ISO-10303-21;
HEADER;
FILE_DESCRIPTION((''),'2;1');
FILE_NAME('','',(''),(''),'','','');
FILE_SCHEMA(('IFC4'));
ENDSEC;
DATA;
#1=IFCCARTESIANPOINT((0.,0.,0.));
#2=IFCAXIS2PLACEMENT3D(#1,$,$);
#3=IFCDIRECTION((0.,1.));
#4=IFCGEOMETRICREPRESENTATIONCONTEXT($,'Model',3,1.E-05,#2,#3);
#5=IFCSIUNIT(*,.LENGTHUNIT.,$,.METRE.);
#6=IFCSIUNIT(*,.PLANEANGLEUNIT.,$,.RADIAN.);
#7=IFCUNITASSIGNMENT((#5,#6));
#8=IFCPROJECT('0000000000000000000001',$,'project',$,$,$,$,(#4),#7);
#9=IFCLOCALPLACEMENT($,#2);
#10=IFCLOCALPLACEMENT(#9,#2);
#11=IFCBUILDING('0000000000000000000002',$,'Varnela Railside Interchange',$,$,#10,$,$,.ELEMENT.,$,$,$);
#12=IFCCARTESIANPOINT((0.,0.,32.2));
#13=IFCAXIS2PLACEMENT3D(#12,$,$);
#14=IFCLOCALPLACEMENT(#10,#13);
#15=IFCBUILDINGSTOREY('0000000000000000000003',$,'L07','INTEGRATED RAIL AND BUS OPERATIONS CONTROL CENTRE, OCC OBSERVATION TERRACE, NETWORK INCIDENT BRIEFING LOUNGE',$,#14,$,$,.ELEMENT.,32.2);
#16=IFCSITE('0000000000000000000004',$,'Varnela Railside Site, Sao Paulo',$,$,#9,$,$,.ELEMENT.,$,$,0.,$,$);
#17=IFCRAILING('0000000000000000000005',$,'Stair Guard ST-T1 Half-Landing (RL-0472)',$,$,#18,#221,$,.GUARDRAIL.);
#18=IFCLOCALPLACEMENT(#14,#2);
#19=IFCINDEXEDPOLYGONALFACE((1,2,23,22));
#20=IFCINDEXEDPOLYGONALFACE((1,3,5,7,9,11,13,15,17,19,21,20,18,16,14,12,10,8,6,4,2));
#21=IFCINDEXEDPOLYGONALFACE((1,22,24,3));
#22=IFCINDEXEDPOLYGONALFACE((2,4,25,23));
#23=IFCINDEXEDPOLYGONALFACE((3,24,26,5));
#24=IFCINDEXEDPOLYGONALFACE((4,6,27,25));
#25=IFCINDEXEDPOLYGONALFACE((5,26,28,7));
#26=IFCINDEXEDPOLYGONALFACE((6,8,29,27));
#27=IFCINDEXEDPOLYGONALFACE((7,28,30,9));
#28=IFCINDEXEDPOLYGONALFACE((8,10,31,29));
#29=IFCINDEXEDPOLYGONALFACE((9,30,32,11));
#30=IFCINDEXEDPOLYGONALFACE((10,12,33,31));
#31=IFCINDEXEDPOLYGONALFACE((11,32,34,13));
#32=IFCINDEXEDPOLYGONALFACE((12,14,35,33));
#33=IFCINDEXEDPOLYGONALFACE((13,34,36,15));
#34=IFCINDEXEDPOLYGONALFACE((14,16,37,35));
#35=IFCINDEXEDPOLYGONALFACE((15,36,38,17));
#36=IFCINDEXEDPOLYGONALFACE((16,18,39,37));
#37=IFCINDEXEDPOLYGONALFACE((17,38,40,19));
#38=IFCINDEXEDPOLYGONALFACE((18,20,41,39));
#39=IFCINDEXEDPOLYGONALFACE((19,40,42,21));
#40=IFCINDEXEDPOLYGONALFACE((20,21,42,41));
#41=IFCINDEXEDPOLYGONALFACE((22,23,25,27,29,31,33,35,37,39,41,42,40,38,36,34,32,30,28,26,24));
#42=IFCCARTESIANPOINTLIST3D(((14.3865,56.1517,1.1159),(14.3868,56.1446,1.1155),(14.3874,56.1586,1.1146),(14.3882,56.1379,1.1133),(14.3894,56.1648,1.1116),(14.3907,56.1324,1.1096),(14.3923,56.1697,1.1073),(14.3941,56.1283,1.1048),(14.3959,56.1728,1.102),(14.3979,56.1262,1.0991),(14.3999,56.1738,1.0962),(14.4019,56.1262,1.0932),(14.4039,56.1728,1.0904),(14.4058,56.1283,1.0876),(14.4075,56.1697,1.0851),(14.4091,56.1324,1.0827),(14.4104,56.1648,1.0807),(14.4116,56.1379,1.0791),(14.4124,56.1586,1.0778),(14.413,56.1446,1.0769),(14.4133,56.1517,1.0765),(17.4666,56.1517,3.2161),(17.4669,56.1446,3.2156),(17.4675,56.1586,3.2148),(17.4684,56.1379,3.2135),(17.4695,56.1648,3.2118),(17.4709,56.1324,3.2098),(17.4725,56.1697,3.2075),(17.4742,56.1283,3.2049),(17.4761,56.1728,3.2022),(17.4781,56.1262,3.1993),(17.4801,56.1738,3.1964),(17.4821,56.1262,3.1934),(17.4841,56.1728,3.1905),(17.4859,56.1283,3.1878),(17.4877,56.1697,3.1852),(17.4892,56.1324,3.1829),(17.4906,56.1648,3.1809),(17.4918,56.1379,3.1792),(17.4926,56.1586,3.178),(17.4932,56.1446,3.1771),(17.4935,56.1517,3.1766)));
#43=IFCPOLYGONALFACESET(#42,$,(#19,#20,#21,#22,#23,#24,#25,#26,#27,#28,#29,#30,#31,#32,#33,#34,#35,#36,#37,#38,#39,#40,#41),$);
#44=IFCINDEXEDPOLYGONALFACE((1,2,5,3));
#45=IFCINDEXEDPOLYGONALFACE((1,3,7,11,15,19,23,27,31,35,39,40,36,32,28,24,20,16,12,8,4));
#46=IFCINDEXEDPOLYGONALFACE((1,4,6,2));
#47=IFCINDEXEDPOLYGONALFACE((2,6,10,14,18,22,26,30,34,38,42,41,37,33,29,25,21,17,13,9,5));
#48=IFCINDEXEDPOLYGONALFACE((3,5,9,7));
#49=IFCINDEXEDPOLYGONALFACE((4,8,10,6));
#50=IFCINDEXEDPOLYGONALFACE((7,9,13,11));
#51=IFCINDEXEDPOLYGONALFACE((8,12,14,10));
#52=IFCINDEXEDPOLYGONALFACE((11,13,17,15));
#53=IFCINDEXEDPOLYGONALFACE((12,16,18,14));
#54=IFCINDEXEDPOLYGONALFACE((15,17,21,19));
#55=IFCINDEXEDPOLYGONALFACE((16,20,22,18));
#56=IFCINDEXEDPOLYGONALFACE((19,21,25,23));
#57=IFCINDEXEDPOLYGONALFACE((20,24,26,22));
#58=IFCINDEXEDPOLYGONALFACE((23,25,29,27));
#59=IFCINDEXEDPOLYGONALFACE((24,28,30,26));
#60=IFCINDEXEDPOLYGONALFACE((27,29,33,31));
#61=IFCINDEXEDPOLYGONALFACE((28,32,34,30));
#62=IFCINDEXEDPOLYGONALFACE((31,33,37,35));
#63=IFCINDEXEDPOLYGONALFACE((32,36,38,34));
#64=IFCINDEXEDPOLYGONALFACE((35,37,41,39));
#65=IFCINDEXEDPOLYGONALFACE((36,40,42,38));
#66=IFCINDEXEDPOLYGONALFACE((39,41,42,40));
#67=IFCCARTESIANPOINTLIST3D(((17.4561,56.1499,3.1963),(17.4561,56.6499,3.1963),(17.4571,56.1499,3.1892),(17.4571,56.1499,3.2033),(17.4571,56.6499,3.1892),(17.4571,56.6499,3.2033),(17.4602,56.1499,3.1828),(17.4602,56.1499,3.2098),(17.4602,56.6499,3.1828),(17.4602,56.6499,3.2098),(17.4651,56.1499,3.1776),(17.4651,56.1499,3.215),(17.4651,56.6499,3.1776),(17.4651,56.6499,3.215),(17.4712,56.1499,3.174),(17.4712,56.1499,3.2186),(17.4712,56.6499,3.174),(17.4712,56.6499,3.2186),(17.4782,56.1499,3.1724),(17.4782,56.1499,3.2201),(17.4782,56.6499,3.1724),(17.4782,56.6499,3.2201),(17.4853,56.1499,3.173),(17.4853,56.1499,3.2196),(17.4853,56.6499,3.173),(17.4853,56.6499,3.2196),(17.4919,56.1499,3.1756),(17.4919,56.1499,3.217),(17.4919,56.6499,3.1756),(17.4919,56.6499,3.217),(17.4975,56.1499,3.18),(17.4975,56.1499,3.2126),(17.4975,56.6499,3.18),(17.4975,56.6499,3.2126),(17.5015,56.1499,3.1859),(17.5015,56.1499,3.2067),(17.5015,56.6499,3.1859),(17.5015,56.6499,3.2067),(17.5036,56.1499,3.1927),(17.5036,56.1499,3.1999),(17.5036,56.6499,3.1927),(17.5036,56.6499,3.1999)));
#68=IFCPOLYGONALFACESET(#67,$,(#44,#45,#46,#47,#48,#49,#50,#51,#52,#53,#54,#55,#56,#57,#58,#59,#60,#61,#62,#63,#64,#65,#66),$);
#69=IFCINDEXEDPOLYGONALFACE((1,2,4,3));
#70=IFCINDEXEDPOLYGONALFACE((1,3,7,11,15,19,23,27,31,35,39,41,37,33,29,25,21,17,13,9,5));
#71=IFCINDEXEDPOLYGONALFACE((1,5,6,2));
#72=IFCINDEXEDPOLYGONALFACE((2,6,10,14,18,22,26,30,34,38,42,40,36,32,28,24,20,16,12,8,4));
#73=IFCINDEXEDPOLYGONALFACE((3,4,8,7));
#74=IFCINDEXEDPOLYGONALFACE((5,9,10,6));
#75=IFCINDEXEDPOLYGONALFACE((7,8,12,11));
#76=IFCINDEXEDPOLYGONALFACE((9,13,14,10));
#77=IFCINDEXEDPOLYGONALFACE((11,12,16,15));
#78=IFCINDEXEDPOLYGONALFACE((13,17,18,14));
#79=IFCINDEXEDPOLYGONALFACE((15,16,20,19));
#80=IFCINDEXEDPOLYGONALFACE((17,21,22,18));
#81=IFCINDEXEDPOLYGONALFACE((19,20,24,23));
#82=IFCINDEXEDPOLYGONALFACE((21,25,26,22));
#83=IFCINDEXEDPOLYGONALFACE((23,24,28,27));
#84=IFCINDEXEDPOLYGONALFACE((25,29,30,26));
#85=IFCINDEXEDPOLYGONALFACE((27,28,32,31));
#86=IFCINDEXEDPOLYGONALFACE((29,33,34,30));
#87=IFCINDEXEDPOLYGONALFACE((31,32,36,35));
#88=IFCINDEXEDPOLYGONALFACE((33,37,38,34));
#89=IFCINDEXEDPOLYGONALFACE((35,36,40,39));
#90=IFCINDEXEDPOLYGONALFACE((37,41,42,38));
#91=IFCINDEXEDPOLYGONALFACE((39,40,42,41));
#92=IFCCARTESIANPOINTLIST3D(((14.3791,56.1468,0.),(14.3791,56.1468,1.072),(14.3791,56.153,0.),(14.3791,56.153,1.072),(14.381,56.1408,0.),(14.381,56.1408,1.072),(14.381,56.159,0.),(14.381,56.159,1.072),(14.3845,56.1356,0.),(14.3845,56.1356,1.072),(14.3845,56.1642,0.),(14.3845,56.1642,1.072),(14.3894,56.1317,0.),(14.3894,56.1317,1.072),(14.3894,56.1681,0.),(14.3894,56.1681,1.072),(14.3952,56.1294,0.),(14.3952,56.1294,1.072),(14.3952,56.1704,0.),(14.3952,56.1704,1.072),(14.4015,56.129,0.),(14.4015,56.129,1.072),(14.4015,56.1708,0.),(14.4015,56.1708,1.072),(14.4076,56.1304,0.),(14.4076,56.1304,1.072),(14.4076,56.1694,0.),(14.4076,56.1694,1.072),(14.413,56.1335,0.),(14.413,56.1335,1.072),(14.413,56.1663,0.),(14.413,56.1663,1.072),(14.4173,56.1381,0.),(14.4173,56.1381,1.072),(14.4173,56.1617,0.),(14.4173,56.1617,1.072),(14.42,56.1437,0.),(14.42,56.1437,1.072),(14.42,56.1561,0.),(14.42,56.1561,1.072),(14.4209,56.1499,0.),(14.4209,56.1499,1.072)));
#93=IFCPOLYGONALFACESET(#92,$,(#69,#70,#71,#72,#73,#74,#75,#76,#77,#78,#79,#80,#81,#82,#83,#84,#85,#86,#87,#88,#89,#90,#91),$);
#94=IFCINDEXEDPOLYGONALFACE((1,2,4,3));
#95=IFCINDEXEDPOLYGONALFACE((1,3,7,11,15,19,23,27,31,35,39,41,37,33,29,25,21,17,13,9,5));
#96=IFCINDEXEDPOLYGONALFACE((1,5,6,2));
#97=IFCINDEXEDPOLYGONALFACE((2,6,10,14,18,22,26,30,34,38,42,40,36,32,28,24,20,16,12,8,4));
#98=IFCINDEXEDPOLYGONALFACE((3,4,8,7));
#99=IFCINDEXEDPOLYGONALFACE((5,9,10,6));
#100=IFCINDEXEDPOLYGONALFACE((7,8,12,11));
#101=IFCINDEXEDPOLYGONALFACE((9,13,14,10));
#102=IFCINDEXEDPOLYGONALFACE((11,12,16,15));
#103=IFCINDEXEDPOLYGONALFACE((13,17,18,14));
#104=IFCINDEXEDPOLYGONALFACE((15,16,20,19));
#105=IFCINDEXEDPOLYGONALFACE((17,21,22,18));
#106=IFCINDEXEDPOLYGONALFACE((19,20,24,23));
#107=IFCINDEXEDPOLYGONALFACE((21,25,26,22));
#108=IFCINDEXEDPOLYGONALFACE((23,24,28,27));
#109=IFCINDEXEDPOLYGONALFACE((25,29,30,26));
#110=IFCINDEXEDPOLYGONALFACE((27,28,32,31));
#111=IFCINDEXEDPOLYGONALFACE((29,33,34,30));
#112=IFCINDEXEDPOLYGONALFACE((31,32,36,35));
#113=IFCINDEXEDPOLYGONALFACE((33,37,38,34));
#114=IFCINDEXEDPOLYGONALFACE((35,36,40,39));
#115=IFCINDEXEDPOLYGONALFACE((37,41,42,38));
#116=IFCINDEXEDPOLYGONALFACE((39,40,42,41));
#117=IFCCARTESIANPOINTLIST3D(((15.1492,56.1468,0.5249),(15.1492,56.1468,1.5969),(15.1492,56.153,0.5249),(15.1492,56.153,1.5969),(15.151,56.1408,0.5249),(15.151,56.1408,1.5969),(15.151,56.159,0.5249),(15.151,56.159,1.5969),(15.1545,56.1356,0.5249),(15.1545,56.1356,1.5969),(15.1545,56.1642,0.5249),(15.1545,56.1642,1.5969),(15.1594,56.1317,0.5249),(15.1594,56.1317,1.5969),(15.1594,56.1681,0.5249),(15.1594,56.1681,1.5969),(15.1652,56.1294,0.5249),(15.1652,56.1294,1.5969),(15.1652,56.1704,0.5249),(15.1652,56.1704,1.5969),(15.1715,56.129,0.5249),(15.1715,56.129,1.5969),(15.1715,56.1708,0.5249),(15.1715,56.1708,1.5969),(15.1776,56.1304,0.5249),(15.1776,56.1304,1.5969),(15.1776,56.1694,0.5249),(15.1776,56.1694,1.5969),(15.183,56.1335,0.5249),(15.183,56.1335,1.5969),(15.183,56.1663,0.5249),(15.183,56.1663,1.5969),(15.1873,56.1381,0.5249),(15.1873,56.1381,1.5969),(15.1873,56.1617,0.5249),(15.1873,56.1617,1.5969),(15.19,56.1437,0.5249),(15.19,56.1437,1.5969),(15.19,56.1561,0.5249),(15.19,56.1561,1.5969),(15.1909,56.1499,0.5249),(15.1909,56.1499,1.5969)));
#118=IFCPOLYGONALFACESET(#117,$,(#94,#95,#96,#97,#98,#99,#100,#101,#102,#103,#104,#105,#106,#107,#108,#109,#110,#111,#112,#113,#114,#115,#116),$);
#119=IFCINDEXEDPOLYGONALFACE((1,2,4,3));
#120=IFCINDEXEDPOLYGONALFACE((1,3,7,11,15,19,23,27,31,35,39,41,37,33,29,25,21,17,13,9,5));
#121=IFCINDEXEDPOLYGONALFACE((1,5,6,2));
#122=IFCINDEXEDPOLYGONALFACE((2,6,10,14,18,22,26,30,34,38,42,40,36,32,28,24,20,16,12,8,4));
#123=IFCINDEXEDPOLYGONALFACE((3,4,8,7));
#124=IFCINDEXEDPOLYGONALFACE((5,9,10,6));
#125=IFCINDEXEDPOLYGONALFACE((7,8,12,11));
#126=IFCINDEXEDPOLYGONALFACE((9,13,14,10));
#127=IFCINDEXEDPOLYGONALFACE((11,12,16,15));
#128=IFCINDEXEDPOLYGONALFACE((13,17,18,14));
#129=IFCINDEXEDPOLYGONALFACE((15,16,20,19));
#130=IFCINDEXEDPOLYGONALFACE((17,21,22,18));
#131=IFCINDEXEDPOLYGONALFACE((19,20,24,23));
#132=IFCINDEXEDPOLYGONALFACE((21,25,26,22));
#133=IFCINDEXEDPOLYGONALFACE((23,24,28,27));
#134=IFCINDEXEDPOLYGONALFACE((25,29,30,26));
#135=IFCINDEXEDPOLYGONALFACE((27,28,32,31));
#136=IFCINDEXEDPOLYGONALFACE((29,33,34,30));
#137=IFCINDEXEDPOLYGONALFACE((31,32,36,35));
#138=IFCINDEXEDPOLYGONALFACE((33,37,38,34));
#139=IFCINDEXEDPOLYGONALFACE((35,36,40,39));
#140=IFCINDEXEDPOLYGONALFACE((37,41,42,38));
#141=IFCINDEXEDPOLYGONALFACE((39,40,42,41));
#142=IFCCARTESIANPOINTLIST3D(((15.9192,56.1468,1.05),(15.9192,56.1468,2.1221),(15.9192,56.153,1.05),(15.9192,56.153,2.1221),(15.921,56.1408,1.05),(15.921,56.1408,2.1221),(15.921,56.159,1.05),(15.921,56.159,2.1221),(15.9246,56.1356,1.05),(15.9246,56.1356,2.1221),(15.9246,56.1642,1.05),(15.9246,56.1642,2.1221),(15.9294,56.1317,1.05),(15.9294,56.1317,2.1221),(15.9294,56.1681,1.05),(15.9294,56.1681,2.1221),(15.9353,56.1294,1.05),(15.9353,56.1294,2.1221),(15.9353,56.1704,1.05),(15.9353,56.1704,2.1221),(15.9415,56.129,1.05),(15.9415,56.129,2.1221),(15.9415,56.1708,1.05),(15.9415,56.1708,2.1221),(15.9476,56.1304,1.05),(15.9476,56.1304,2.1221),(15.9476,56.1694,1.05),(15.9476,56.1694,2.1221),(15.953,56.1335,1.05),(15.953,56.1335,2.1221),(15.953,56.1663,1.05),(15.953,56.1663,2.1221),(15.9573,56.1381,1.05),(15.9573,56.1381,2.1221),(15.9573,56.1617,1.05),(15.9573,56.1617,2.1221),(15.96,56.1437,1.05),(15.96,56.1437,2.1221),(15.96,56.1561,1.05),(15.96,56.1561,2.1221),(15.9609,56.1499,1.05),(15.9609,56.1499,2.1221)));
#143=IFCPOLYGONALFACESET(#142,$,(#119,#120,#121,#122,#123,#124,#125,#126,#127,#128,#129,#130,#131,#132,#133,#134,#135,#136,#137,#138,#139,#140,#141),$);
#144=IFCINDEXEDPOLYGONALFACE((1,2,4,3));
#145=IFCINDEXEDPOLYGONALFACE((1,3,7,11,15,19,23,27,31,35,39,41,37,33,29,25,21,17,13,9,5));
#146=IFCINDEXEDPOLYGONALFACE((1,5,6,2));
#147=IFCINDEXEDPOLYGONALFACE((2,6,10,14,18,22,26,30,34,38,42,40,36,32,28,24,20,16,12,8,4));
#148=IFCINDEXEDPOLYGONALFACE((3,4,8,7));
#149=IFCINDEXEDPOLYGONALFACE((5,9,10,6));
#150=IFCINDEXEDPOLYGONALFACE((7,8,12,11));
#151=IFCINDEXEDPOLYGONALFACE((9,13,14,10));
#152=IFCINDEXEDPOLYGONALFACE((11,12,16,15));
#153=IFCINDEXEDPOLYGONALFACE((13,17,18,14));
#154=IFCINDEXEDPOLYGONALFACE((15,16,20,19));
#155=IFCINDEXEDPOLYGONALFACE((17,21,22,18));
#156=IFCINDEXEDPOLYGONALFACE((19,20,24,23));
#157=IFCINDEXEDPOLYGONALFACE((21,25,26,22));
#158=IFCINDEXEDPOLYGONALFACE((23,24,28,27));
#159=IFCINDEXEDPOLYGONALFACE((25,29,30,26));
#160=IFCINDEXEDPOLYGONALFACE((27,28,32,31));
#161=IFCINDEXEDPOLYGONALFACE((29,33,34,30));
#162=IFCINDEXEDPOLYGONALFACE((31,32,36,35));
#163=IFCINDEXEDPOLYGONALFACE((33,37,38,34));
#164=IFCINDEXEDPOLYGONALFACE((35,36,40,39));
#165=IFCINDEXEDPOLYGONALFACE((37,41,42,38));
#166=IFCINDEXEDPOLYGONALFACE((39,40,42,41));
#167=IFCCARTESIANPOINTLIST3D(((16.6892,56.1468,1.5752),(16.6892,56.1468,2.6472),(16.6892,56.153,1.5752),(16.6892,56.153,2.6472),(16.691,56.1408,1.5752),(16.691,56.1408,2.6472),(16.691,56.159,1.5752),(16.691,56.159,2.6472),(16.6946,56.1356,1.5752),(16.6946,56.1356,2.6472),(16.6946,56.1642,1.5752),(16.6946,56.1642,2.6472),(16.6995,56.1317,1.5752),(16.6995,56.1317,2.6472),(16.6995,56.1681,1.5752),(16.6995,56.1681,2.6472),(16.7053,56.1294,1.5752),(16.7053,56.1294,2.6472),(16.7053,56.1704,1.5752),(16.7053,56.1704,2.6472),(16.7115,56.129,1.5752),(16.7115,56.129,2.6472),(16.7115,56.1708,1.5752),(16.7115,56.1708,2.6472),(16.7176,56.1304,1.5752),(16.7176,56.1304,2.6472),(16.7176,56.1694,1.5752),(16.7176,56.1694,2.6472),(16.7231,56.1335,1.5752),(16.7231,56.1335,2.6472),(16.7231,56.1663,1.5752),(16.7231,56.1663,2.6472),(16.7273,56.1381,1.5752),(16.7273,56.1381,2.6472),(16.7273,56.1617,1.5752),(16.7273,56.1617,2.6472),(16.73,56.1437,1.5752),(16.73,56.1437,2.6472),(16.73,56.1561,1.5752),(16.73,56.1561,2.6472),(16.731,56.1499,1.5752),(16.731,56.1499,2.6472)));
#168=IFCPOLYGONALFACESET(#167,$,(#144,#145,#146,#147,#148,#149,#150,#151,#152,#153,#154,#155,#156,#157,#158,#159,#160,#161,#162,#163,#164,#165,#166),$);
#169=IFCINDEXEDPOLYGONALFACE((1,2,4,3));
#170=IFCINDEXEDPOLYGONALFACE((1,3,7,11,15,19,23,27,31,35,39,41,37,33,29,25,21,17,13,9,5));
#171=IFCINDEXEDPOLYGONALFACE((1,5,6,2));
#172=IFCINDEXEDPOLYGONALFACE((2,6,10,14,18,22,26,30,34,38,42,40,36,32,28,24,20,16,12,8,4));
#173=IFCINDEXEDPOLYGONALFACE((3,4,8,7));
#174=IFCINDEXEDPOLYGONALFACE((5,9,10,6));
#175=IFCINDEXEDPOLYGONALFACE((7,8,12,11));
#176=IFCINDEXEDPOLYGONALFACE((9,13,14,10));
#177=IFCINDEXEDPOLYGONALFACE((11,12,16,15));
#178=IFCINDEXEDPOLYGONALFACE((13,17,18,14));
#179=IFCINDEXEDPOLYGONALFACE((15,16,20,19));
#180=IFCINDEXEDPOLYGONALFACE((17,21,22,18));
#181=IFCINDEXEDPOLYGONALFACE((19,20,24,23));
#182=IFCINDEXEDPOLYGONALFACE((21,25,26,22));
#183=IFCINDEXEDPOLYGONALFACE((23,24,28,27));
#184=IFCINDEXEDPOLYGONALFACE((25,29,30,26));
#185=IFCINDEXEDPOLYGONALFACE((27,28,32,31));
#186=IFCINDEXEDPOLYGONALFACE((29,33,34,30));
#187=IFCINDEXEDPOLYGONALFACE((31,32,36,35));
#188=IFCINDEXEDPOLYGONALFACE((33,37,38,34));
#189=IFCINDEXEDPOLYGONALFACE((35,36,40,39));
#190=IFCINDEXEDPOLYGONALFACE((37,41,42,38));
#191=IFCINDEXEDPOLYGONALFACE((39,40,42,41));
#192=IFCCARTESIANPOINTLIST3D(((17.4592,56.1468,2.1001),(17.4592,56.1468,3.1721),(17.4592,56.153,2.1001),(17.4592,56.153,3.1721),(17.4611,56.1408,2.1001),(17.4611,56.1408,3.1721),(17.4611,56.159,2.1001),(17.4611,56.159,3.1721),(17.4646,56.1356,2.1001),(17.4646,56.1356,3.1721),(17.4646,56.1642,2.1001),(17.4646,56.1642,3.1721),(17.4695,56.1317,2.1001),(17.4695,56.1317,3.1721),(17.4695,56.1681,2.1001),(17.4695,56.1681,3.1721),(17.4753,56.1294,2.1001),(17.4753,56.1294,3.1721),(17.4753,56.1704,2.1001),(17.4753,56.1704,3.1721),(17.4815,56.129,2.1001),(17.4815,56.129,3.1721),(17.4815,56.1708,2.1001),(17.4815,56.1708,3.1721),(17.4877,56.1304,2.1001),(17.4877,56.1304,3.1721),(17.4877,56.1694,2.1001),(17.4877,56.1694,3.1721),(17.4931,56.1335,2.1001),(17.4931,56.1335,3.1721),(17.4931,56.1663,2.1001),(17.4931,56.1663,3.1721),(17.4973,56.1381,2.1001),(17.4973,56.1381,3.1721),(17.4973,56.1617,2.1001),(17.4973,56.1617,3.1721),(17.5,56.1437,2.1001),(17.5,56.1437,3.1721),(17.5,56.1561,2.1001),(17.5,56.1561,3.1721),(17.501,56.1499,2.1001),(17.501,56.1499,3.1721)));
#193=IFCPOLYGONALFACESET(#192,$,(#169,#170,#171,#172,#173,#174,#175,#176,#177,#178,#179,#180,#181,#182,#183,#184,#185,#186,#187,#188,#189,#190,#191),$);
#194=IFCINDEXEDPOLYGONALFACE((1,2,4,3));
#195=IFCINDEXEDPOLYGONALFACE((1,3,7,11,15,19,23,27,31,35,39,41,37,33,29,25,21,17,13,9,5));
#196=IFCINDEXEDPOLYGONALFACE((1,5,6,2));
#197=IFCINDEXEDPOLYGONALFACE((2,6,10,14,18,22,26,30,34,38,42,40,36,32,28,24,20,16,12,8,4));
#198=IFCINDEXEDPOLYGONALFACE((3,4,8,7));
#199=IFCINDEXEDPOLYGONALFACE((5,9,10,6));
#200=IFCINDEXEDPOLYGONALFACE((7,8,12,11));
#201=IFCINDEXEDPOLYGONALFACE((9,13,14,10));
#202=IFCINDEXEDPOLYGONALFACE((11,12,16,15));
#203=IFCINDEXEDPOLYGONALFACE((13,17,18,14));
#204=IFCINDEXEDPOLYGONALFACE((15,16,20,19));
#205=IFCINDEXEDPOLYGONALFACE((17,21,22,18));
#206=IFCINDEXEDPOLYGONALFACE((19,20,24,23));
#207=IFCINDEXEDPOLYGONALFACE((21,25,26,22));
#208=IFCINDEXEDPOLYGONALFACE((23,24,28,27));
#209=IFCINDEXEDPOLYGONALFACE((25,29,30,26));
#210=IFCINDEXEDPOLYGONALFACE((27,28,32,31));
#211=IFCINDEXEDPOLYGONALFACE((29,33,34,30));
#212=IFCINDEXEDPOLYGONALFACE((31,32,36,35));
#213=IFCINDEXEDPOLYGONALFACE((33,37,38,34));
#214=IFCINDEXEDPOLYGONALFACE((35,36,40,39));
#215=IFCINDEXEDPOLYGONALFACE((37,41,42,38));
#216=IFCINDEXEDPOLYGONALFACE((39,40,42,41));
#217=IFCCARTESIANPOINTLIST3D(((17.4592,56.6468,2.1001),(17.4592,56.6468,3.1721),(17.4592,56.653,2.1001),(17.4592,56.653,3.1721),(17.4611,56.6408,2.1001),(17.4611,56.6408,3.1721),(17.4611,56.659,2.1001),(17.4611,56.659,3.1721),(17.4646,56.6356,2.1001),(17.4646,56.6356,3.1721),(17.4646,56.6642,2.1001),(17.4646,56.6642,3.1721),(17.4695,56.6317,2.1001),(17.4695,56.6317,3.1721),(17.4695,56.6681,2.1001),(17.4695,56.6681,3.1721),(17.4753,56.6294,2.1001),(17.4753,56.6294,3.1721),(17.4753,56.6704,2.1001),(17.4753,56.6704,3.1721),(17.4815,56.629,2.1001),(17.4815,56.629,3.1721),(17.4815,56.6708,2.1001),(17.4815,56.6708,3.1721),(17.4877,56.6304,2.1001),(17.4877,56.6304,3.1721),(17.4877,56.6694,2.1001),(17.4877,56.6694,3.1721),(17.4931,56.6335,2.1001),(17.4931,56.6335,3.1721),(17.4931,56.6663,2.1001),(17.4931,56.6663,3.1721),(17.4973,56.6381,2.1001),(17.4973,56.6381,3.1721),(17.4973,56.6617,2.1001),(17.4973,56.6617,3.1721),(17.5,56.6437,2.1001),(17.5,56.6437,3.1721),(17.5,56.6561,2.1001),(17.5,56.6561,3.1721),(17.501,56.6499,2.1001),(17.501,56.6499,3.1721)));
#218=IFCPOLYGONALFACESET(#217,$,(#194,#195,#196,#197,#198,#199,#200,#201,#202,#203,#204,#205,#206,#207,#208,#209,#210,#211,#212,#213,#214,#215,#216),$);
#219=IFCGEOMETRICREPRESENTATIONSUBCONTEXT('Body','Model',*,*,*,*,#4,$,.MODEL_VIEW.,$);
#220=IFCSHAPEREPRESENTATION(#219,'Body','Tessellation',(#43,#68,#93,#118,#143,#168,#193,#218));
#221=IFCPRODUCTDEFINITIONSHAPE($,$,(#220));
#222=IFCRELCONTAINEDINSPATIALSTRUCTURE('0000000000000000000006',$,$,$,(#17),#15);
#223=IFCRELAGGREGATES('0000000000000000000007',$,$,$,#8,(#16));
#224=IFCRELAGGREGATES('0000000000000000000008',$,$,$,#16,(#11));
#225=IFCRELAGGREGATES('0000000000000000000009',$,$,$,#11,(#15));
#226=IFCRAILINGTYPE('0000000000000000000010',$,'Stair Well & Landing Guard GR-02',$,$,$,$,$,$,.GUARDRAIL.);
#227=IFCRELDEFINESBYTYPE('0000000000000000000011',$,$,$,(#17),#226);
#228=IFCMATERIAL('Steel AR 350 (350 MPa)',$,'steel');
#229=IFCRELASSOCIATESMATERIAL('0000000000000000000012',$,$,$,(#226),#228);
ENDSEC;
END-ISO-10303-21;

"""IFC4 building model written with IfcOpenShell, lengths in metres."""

from ifc_helpers import new_model, si_unit, direction, frame, origin, origin_2d, place, context, subcontext, project, spatial, circle, extrude, material, type_object, element, save


model = new_model("IFC4")

# Units and contexts
model_context = context("Model", 3, precision=1e-05, world=origin(), true_north=direction((0.0, 1.0)))
body_context = subcontext(model_context, "Body", "Model", "MODEL_VIEW")
ifc_project = project(units=[si_unit("LENGTHUNIT", "METRE"), si_unit("PLANEANGLEUNIT", "RADIAN")], contexts=[model_context])

# Site, building, storey
site_placement = place(None, origin())
site = spatial("IfcSite", under=ifc_project, at=site_placement, Name="Varnela Railside Site, Sao Paulo", CompositionType="ELEMENT", RefElevation=0.0)
building_placement = place(site_placement, origin())
building = spatial("IfcBuilding", under=site, at=building_placement, Name="Varnela Railside Interchange", CompositionType="ELEMENT")
storey_placement = place(building_placement, frame((0.0, 0.0, 32.2)))
storey = spatial("IfcBuildingStorey", under=building, at=storey_placement, Name="L07", Description="INTEGRATED RAIL AND BUS OPERATIONS CONTROL CENTRE, OCC OBSERVATION TERRACE, NETWORK INCIDENT BRIEFING LOUNGE", CompositionType="ELEMENT", Elevation=32.2)

# Shared definitions
ifc_material_1 = material(Name="Steel AR 350 (350 MPa)", Category="steel")

# Railing
railing_type_1 = type_object("IfcRailingType", Name="Stair Well & Landing Guard GR-02", PredefinedType="GUARDRAIL", material=ifc_material_1)
railing_1_placement = place(storey_placement, frame((14.3999, 56.1499, 0.0)))
element("IfcRailing", 1, at=railing_1_placement, inside=storey, type_object=railing_type_1, Name="Stair Guard ST-T1 Half-Landing (RL-0472)", PredefinedType="GUARDRAIL", context=body_context, shape_type="SweptSolid", body=[
    extrude(circle(Radius=0.0239, at=origin_2d()), frame((0.0, 0.0, 1.0962), z_axis=(0.826222, 0.0, 0.563345), x_axis=(0.0, 1.0, 0.0)), (0.0, 0.0, 1.0), 3.728),
    extrude(circle(Radius=0.0239, at=origin_2d()), frame((3.0801, 0.0, 3.1963), z_axis=(0.0, 1.0, 0.0), x_axis=(-1.0, 0.0, 0.0)), (0.0, 0.0, 1.0), 0.5),
    extrude(circle(Radius=0.021, at=origin_2d()), origin(), (0.0, 0.0, 1.0), 1.072),
    extrude(circle(Radius=0.021, at=origin_2d()), frame((0.77, 0.0, 0.5249)), (0.0, 0.0, 1.0), 1.072),
    extrude(circle(Radius=0.021, at=origin_2d()), frame((1.54, 0.0, 1.05)), (0.0, 0.0, 1.0), 1.072),
    extrude(circle(Radius=0.021, at=origin_2d()), frame((2.3101, 0.0, 1.5752)), (0.0, 0.0, 1.0), 1.072),
    extrude(circle(Radius=0.021, at=origin_2d()), frame((3.0801, 0.0, 2.1001)), (0.0, 0.0, 1.0), 1.072),
    extrude(circle(Radius=0.021, at=origin_2d()), frame((3.0801, 0.5, 2.1001)), (0.0, 0.0, 1.0), 1.072),
])

save(model, "model.ifc")
